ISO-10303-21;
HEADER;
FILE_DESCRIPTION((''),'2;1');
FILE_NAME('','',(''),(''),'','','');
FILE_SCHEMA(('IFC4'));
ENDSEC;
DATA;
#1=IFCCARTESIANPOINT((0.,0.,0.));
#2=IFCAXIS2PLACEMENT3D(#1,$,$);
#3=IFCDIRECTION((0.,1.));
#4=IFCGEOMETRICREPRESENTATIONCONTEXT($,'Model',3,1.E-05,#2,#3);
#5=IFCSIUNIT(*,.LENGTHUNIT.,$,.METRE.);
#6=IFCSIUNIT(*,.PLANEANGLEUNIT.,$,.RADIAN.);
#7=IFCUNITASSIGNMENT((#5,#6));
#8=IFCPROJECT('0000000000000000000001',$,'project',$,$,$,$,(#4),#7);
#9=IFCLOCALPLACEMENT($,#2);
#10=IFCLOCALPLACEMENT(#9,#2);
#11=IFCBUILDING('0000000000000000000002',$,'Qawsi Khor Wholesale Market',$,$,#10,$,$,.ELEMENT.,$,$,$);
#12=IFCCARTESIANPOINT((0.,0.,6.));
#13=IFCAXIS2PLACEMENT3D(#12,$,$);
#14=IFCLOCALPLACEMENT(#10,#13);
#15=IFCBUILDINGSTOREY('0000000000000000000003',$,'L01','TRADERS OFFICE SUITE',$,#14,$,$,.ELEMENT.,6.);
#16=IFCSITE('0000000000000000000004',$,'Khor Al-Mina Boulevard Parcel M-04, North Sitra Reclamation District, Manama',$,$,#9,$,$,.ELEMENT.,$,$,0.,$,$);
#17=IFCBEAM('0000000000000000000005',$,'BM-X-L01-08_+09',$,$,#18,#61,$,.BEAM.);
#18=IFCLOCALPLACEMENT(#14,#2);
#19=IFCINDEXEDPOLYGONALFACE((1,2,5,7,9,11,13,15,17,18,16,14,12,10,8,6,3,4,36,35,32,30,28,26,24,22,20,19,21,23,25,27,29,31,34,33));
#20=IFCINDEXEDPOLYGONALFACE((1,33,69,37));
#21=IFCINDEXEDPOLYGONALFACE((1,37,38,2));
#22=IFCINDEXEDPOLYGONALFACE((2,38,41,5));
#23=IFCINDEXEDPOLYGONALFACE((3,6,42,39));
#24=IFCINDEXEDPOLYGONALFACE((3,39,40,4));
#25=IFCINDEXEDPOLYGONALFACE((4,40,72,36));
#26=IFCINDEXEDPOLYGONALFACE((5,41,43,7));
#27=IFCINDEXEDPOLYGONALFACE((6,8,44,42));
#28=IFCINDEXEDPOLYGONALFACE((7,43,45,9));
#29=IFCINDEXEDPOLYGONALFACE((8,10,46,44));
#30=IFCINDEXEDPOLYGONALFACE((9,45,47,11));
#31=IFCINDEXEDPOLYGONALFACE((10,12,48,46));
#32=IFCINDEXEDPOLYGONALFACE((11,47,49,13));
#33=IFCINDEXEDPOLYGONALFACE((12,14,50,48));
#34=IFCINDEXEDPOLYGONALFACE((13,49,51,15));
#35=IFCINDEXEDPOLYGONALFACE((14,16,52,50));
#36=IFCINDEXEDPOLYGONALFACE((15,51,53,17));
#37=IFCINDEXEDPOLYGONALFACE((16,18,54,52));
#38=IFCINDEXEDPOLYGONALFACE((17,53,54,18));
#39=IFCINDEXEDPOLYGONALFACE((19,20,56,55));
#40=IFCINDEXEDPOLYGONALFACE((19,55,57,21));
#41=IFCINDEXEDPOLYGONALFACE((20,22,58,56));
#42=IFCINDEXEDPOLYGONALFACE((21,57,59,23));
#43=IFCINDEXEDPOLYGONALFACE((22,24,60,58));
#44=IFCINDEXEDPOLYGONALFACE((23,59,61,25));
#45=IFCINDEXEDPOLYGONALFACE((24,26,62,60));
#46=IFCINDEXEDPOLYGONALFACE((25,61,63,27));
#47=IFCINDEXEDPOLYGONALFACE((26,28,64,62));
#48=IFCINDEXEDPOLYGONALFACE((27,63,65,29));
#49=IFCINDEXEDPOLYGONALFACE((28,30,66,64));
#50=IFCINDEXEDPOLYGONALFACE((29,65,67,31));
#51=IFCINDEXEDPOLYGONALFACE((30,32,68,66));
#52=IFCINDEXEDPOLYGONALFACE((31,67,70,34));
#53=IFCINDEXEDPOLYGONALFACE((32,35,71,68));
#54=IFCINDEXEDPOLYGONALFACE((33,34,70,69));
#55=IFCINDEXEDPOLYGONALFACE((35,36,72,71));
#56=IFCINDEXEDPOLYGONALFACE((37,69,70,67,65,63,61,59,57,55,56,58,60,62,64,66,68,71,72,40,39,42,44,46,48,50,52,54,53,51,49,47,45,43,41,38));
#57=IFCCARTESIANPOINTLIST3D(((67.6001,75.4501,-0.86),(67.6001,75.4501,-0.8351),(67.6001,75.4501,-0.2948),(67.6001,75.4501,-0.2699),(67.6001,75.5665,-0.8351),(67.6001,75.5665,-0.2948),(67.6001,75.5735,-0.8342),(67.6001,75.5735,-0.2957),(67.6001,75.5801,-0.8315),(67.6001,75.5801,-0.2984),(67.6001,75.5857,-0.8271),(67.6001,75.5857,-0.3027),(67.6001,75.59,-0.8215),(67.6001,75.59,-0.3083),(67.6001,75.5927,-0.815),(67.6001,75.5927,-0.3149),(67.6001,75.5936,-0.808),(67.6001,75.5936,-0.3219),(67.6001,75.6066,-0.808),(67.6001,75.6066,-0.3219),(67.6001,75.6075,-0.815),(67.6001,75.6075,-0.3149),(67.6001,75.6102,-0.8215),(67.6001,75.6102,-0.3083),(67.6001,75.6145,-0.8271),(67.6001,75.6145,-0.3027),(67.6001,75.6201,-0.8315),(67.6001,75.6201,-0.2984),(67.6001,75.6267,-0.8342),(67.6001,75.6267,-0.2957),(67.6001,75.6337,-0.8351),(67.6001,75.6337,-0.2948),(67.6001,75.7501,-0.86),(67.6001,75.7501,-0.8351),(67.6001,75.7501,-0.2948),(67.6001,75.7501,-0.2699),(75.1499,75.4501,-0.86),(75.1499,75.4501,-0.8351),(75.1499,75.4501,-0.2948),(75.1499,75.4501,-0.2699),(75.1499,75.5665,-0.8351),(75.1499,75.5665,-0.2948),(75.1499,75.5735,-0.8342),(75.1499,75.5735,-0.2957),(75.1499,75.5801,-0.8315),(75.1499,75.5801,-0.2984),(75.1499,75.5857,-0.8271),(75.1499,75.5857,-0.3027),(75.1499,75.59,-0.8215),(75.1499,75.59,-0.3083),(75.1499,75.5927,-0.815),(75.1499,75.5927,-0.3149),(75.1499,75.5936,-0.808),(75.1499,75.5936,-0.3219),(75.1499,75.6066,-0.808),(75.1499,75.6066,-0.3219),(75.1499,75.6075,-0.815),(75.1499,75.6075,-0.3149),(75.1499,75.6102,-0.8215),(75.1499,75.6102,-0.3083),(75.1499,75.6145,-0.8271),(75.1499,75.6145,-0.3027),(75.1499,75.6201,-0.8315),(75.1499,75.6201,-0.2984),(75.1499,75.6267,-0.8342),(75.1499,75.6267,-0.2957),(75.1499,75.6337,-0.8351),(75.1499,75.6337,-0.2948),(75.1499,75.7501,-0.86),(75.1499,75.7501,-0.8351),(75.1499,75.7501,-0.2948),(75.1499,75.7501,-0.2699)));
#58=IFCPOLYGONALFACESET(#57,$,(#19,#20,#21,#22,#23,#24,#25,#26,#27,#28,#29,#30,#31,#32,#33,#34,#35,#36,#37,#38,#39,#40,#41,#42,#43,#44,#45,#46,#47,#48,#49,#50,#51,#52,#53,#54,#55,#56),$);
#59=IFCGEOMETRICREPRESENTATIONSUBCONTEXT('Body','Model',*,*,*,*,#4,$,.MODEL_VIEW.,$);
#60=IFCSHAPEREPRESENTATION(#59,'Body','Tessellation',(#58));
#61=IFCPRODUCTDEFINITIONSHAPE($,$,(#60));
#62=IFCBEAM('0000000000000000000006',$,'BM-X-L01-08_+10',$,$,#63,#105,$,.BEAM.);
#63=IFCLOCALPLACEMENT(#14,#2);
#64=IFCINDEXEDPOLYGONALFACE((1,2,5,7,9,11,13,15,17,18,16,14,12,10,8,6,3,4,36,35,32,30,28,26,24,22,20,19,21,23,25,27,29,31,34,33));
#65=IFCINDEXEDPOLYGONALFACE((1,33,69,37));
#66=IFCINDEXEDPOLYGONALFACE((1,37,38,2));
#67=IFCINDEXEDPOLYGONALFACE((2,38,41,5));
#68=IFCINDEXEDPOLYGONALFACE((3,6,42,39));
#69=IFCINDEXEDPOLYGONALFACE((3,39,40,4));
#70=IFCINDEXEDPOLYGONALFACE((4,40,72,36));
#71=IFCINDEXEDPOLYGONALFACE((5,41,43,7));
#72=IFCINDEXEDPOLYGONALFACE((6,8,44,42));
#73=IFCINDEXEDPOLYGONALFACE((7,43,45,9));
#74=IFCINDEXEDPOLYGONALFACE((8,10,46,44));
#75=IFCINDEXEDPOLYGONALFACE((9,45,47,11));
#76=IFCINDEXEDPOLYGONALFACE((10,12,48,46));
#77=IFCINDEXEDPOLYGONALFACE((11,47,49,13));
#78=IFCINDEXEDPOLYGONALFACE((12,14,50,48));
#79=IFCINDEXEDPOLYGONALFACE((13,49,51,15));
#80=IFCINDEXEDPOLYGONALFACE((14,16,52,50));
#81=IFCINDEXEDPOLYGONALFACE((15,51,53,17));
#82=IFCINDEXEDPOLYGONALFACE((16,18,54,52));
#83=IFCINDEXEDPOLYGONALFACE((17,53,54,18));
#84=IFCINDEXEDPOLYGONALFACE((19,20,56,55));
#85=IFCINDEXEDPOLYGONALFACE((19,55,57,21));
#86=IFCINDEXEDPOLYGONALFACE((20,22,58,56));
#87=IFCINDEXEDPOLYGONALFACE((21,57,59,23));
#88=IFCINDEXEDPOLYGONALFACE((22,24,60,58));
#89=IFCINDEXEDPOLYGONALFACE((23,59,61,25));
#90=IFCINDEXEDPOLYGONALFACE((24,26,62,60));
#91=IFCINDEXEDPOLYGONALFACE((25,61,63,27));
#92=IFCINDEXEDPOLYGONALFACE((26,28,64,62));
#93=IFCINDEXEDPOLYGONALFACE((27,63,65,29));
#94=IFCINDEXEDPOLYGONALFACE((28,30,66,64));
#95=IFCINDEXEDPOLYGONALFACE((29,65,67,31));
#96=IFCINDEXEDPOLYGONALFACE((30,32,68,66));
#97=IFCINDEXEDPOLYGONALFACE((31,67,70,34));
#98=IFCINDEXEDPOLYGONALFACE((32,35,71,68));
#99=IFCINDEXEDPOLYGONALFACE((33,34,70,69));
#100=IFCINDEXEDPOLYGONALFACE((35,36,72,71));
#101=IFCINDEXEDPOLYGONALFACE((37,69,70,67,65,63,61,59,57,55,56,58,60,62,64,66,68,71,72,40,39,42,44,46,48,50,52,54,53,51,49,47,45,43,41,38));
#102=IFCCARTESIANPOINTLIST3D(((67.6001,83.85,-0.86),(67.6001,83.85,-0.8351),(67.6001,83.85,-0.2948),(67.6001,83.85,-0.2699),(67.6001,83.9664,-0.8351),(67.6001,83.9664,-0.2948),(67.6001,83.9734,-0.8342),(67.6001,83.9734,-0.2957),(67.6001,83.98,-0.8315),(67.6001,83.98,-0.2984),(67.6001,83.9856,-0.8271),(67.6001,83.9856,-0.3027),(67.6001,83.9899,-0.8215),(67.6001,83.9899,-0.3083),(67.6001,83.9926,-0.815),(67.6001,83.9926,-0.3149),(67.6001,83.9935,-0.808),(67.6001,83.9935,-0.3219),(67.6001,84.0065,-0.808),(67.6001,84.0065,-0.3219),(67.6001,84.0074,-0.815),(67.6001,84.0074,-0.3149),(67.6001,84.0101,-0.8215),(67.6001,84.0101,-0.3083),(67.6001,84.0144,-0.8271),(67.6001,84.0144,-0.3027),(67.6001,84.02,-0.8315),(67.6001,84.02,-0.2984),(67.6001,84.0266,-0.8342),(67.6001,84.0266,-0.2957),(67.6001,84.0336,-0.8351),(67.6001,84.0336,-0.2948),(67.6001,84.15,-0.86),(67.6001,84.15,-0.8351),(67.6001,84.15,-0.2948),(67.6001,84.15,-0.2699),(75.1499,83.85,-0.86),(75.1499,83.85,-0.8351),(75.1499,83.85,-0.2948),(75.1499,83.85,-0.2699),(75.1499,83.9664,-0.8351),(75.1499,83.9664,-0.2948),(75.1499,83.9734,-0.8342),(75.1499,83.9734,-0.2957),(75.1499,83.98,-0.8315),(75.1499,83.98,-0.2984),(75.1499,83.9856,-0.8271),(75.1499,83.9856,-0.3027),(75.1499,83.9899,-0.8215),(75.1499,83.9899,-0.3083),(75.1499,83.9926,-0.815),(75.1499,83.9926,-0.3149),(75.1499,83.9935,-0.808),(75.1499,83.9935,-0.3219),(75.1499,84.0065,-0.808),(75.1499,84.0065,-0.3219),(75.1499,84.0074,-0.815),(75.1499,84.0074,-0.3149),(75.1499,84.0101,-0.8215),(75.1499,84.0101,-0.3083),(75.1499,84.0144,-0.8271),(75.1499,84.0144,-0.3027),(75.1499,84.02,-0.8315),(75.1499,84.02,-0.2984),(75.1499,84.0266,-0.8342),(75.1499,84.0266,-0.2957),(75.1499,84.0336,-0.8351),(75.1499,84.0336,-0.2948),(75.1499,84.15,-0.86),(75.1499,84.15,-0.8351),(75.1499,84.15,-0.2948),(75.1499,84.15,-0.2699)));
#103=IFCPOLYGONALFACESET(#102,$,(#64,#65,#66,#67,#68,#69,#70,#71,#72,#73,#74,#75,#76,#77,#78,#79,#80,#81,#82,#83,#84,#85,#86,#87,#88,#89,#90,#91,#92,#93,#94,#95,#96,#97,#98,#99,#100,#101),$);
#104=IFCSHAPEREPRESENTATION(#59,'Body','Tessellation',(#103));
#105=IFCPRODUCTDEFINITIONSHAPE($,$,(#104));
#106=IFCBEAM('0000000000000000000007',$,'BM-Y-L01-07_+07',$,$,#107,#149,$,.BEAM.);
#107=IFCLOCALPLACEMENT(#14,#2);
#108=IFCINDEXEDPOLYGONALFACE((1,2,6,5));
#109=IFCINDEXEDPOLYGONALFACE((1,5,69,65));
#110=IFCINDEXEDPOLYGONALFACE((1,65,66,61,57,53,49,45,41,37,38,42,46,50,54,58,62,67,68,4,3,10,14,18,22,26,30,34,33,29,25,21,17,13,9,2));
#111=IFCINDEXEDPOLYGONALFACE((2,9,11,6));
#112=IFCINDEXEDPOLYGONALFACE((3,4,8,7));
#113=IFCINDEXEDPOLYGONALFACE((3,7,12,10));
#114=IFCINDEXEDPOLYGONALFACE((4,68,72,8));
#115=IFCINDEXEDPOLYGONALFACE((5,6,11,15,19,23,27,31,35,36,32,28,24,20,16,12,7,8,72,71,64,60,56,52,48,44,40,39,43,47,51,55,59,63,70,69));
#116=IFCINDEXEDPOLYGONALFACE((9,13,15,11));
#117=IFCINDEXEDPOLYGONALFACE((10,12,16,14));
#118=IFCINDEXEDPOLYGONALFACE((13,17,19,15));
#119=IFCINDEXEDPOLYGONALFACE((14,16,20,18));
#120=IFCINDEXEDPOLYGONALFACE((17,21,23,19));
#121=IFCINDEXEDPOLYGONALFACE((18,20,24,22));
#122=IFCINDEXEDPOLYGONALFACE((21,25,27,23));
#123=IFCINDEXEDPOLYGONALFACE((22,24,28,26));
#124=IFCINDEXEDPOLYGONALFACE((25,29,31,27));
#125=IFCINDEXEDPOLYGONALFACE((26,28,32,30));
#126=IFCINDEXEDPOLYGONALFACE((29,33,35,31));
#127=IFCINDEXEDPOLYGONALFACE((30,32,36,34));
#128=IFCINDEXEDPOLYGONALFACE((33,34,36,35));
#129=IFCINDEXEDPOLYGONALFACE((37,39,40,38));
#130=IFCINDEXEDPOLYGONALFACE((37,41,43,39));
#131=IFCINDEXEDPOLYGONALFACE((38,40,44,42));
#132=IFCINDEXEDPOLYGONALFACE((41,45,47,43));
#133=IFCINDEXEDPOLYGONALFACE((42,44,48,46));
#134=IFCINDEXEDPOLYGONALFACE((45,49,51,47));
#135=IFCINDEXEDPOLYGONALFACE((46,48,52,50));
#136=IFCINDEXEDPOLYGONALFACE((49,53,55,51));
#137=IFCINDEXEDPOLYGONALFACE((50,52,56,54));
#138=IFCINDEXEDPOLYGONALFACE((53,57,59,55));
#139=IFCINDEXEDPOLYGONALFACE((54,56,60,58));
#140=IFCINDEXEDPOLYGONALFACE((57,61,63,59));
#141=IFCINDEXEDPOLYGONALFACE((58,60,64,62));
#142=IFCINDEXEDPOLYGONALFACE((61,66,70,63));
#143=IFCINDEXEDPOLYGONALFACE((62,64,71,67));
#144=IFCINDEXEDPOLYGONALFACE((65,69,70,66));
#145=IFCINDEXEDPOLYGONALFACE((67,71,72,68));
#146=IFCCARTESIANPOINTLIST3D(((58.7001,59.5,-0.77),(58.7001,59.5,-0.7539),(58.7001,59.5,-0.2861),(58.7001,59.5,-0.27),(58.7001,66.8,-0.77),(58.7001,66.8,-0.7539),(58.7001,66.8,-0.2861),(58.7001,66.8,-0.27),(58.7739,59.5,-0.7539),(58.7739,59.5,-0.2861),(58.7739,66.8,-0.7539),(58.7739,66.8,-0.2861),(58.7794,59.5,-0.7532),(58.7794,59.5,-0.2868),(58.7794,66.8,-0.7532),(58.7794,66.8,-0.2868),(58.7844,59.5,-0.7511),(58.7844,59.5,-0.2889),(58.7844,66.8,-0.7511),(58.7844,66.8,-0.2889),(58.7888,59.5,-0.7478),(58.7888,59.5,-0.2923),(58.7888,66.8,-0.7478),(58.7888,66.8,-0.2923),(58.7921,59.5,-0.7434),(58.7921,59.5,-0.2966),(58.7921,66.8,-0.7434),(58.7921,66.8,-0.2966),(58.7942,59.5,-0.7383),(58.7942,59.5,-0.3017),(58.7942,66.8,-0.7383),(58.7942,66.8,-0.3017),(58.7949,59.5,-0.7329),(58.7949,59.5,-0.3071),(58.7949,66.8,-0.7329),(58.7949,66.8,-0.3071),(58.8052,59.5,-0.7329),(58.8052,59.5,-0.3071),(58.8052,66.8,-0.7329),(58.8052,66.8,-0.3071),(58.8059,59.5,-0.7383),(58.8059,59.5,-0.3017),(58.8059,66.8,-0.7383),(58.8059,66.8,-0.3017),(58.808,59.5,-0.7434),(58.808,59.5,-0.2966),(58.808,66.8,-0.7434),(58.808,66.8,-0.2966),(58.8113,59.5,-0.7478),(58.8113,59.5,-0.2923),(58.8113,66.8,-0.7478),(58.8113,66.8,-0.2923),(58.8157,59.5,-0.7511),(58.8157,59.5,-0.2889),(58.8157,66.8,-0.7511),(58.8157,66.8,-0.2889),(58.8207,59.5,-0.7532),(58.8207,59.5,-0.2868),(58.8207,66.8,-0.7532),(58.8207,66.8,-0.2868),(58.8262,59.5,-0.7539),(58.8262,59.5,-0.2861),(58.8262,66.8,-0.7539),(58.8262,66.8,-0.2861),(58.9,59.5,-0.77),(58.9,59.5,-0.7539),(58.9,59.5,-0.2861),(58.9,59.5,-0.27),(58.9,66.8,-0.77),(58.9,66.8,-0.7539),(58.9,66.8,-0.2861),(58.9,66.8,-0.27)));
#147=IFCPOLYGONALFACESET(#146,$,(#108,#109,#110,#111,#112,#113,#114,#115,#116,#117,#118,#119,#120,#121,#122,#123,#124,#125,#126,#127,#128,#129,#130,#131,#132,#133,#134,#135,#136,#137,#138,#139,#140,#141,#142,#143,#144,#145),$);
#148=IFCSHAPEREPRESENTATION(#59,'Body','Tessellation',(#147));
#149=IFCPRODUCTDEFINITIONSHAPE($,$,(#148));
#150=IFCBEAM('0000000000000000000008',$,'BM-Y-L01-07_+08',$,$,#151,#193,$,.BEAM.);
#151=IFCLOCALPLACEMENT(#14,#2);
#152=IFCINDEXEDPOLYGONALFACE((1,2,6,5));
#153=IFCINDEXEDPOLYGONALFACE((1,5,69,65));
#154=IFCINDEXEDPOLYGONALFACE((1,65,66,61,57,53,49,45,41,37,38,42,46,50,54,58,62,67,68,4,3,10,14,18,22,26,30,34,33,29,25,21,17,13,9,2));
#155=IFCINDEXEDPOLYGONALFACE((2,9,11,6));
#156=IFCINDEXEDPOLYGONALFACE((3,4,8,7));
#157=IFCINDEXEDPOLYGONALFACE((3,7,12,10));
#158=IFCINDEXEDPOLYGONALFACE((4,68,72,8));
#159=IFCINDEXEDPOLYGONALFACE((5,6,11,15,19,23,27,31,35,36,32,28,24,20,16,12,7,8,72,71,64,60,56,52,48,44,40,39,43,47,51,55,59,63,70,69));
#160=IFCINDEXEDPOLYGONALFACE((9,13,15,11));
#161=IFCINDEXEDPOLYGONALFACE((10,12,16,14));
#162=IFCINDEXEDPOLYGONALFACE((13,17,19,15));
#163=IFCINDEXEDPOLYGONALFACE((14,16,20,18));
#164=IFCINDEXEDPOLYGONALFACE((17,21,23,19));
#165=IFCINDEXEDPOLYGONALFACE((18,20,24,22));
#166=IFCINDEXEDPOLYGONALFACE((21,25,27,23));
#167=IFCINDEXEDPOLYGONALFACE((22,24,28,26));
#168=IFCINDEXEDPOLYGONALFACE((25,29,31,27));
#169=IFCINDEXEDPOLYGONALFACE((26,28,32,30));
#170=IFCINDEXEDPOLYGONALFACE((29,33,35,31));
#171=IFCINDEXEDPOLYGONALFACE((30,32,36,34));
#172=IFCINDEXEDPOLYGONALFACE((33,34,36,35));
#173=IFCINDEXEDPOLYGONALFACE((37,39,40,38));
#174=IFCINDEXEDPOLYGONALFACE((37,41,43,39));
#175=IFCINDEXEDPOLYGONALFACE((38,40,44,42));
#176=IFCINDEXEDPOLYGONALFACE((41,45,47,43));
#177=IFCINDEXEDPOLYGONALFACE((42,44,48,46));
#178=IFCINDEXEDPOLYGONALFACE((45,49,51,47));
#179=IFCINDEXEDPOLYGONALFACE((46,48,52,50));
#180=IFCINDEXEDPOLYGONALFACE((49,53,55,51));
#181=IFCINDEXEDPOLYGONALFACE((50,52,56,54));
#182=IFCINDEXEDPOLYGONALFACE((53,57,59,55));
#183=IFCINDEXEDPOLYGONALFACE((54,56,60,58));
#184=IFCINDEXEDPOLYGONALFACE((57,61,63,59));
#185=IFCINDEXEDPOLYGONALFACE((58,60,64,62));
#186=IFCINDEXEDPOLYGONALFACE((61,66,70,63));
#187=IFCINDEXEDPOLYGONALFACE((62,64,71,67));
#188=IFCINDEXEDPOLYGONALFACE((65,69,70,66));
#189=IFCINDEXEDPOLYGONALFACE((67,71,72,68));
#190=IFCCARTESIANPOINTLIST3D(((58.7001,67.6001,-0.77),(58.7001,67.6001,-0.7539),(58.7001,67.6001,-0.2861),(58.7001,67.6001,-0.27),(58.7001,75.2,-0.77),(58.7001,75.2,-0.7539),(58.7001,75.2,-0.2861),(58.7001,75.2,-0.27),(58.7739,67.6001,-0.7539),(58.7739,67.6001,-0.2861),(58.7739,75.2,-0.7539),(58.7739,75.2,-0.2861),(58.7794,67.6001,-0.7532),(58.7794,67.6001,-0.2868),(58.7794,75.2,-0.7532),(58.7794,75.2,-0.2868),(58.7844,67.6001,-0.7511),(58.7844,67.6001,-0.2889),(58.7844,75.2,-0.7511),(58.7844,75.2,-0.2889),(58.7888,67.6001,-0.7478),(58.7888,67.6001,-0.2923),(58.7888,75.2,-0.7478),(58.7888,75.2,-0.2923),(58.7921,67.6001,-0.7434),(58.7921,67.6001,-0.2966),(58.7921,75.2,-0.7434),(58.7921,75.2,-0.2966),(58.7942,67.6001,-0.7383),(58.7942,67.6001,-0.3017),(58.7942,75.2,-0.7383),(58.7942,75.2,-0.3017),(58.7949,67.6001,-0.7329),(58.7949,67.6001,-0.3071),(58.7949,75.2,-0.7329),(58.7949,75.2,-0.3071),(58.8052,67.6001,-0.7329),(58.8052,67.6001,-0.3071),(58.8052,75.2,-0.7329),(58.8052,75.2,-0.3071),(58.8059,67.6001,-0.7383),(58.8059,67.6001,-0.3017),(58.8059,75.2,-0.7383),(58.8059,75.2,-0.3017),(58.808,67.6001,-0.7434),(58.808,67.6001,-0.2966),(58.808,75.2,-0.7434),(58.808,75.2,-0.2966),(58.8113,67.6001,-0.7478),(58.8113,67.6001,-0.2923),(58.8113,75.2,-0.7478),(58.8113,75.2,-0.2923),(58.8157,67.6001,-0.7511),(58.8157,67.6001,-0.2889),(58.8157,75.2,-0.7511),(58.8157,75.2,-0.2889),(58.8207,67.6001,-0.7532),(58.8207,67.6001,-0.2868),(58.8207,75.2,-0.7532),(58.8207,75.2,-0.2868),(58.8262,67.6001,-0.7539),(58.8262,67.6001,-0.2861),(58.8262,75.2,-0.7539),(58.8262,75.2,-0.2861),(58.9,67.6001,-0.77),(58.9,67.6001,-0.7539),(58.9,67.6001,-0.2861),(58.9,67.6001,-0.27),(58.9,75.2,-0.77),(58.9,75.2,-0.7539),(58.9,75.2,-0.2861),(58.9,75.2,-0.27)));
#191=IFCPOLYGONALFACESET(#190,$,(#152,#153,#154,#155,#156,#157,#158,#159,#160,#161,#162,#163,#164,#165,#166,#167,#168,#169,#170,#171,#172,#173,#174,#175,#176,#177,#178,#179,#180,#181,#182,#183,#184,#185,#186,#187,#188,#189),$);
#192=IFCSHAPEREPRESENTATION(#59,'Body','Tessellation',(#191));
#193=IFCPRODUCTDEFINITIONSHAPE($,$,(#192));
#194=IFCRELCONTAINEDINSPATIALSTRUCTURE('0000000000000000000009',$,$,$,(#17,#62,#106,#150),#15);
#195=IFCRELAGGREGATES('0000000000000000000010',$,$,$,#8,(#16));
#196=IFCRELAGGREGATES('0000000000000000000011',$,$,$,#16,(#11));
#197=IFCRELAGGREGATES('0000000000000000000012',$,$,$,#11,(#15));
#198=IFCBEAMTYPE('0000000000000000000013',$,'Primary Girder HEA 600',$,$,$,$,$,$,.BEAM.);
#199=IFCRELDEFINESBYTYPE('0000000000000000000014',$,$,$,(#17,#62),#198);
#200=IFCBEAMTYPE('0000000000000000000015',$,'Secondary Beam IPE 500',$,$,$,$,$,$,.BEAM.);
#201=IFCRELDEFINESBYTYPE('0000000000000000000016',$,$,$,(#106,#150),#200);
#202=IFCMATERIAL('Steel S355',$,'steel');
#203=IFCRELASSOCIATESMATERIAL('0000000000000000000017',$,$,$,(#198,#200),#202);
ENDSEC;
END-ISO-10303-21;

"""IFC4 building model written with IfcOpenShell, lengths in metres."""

from ifc_helpers import new_model, si_unit, direction, frame, origin, origin_2d, place, context, subcontext, project, spatial, i_section, extrude, material, material_profile, profile_set, type_object, element, save


model = new_model("IFC4")

# Units and contexts
model_context = context("Model", 3, precision=1e-05, world=origin(), true_north=direction((0.0, 1.0)))
body_context = subcontext(model_context, "Body", "Model", "MODEL_VIEW")
ifc_project = project(units=[si_unit("LENGTHUNIT", "METRE"), si_unit("PLANEANGLEUNIT", "RADIAN")], contexts=[model_context])

# Site, building, storey
site_placement = place(None, origin())
site = spatial("IfcSite", under=ifc_project, at=site_placement, Name="Khor Al-Mina Boulevard Parcel M-04, North Sitra Reclamation District, Manama", CompositionType="ELEMENT", RefElevation=0.0)
building_placement = place(site_placement, origin())
building = spatial("IfcBuilding", under=site, at=building_placement, Name="Qawsi Khor Wholesale Market", CompositionType="ELEMENT")
storey_placement = place(building_placement, frame((0.0, 0.0, 6.0)))
storey = spatial("IfcBuildingStorey", under=building, at=storey_placement, Name="L01", Description="TRADERS OFFICE SUITE", CompositionType="ELEMENT", Elevation=6.0)

# Beams
ifc_material_1 = material(Name="Steel S355", Category="steel")
ifc_material_profile_1 = material_profile(ifc_material_1, i_section(OverallWidth=0.3, OverallDepth=0.5901, WebThickness=0.0129, FlangeThickness=0.0249, FilletRadius=0.0271, at=origin_2d()), Name="HEA 600")
ifc_profile_set_1 = profile_set([ifc_material_profile_1], Name="Steel S355")
beam_type_1 = type_object("IfcBeamType", Name="Primary Girder HEA 600", PredefinedType="BEAM", material=ifc_profile_set_1)
for number, where, z_axis, x_axis, name in (
    (1, (67.6001, 75.6001, -0.5649), (1.0, 0.0, 0.0), (0.0, 1.0, 0.0), "BM-X-L01-08_+09"),
    (2, (67.6001, 84.0, -0.5649), (1.0, 0.0, 0.0), (0.0, 1.0, 0.0), "BM-X-L01-08_+10"),
):
    element("IfcBeam", number, at=place(storey_placement, frame(where, z_axis=z_axis, x_axis=x_axis)), inside=storey, type_object=beam_type_1, Name=name, PredefinedType="BEAM", context=body_context, shape_type="SweptSolid", body=[
        extrude(i_section(OverallWidth=0.3, OverallDepth=0.5901, WebThickness=0.0129, FlangeThickness=0.0249, FilletRadius=0.0271, at=origin_2d()), origin(), (0.0, 0.0, 1.0), 7.5498),
    ])
ifc_material_profile_2 = material_profile(ifc_material_1, i_section(OverallWidth=0.2, OverallDepth=0.5, WebThickness=0.0103, FlangeThickness=0.0161, FilletRadius=0.021, at=origin_2d()), Name="IPE 500")
ifc_profile_set_2 = profile_set([ifc_material_profile_2], Name="Steel S355")
beam_type_2 = type_object("IfcBeamType", Name="Secondary Beam IPE 500", PredefinedType="BEAM", material=ifc_profile_set_2)
beam_1_placement = place(storey_placement, frame((58.8, 59.5, -0.52), z_axis=(0.0, 1.0, 0.0), x_axis=(-1.0, 0.0, 0.0)))
element("IfcBeam", 3, at=beam_1_placement, inside=storey, type_object=beam_type_2, Name="BM-Y-L01-07_+07", PredefinedType="BEAM", context=body_context, shape_type="SweptSolid", body=[
    extrude(i_section(OverallWidth=0.2, OverallDepth=0.5, WebThickness=0.0103, FlangeThickness=0.0161, FilletRadius=0.021, at=origin_2d()), origin(), (0.0, 0.0, 1.0), 7.3),
])
beam_2_placement = place(storey_placement, frame((58.8, 67.6001, -0.52), z_axis=(0.0, 1.0, 0.0), x_axis=(-1.0, 0.0, 0.0)))
element("IfcBeam", 4, at=beam_2_placement, inside=storey, type_object=beam_type_2, Name="BM-Y-L01-07_+08", PredefinedType="BEAM", context=body_context, shape_type="SweptSolid", body=[
    extrude(i_section(OverallWidth=0.2, OverallDepth=0.5, WebThickness=0.0103, FlangeThickness=0.0161, FilletRadius=0.021, at=origin_2d()), origin(), (0.0, 0.0, 1.0), 7.5999),
])

save(model, "model.ifc")
